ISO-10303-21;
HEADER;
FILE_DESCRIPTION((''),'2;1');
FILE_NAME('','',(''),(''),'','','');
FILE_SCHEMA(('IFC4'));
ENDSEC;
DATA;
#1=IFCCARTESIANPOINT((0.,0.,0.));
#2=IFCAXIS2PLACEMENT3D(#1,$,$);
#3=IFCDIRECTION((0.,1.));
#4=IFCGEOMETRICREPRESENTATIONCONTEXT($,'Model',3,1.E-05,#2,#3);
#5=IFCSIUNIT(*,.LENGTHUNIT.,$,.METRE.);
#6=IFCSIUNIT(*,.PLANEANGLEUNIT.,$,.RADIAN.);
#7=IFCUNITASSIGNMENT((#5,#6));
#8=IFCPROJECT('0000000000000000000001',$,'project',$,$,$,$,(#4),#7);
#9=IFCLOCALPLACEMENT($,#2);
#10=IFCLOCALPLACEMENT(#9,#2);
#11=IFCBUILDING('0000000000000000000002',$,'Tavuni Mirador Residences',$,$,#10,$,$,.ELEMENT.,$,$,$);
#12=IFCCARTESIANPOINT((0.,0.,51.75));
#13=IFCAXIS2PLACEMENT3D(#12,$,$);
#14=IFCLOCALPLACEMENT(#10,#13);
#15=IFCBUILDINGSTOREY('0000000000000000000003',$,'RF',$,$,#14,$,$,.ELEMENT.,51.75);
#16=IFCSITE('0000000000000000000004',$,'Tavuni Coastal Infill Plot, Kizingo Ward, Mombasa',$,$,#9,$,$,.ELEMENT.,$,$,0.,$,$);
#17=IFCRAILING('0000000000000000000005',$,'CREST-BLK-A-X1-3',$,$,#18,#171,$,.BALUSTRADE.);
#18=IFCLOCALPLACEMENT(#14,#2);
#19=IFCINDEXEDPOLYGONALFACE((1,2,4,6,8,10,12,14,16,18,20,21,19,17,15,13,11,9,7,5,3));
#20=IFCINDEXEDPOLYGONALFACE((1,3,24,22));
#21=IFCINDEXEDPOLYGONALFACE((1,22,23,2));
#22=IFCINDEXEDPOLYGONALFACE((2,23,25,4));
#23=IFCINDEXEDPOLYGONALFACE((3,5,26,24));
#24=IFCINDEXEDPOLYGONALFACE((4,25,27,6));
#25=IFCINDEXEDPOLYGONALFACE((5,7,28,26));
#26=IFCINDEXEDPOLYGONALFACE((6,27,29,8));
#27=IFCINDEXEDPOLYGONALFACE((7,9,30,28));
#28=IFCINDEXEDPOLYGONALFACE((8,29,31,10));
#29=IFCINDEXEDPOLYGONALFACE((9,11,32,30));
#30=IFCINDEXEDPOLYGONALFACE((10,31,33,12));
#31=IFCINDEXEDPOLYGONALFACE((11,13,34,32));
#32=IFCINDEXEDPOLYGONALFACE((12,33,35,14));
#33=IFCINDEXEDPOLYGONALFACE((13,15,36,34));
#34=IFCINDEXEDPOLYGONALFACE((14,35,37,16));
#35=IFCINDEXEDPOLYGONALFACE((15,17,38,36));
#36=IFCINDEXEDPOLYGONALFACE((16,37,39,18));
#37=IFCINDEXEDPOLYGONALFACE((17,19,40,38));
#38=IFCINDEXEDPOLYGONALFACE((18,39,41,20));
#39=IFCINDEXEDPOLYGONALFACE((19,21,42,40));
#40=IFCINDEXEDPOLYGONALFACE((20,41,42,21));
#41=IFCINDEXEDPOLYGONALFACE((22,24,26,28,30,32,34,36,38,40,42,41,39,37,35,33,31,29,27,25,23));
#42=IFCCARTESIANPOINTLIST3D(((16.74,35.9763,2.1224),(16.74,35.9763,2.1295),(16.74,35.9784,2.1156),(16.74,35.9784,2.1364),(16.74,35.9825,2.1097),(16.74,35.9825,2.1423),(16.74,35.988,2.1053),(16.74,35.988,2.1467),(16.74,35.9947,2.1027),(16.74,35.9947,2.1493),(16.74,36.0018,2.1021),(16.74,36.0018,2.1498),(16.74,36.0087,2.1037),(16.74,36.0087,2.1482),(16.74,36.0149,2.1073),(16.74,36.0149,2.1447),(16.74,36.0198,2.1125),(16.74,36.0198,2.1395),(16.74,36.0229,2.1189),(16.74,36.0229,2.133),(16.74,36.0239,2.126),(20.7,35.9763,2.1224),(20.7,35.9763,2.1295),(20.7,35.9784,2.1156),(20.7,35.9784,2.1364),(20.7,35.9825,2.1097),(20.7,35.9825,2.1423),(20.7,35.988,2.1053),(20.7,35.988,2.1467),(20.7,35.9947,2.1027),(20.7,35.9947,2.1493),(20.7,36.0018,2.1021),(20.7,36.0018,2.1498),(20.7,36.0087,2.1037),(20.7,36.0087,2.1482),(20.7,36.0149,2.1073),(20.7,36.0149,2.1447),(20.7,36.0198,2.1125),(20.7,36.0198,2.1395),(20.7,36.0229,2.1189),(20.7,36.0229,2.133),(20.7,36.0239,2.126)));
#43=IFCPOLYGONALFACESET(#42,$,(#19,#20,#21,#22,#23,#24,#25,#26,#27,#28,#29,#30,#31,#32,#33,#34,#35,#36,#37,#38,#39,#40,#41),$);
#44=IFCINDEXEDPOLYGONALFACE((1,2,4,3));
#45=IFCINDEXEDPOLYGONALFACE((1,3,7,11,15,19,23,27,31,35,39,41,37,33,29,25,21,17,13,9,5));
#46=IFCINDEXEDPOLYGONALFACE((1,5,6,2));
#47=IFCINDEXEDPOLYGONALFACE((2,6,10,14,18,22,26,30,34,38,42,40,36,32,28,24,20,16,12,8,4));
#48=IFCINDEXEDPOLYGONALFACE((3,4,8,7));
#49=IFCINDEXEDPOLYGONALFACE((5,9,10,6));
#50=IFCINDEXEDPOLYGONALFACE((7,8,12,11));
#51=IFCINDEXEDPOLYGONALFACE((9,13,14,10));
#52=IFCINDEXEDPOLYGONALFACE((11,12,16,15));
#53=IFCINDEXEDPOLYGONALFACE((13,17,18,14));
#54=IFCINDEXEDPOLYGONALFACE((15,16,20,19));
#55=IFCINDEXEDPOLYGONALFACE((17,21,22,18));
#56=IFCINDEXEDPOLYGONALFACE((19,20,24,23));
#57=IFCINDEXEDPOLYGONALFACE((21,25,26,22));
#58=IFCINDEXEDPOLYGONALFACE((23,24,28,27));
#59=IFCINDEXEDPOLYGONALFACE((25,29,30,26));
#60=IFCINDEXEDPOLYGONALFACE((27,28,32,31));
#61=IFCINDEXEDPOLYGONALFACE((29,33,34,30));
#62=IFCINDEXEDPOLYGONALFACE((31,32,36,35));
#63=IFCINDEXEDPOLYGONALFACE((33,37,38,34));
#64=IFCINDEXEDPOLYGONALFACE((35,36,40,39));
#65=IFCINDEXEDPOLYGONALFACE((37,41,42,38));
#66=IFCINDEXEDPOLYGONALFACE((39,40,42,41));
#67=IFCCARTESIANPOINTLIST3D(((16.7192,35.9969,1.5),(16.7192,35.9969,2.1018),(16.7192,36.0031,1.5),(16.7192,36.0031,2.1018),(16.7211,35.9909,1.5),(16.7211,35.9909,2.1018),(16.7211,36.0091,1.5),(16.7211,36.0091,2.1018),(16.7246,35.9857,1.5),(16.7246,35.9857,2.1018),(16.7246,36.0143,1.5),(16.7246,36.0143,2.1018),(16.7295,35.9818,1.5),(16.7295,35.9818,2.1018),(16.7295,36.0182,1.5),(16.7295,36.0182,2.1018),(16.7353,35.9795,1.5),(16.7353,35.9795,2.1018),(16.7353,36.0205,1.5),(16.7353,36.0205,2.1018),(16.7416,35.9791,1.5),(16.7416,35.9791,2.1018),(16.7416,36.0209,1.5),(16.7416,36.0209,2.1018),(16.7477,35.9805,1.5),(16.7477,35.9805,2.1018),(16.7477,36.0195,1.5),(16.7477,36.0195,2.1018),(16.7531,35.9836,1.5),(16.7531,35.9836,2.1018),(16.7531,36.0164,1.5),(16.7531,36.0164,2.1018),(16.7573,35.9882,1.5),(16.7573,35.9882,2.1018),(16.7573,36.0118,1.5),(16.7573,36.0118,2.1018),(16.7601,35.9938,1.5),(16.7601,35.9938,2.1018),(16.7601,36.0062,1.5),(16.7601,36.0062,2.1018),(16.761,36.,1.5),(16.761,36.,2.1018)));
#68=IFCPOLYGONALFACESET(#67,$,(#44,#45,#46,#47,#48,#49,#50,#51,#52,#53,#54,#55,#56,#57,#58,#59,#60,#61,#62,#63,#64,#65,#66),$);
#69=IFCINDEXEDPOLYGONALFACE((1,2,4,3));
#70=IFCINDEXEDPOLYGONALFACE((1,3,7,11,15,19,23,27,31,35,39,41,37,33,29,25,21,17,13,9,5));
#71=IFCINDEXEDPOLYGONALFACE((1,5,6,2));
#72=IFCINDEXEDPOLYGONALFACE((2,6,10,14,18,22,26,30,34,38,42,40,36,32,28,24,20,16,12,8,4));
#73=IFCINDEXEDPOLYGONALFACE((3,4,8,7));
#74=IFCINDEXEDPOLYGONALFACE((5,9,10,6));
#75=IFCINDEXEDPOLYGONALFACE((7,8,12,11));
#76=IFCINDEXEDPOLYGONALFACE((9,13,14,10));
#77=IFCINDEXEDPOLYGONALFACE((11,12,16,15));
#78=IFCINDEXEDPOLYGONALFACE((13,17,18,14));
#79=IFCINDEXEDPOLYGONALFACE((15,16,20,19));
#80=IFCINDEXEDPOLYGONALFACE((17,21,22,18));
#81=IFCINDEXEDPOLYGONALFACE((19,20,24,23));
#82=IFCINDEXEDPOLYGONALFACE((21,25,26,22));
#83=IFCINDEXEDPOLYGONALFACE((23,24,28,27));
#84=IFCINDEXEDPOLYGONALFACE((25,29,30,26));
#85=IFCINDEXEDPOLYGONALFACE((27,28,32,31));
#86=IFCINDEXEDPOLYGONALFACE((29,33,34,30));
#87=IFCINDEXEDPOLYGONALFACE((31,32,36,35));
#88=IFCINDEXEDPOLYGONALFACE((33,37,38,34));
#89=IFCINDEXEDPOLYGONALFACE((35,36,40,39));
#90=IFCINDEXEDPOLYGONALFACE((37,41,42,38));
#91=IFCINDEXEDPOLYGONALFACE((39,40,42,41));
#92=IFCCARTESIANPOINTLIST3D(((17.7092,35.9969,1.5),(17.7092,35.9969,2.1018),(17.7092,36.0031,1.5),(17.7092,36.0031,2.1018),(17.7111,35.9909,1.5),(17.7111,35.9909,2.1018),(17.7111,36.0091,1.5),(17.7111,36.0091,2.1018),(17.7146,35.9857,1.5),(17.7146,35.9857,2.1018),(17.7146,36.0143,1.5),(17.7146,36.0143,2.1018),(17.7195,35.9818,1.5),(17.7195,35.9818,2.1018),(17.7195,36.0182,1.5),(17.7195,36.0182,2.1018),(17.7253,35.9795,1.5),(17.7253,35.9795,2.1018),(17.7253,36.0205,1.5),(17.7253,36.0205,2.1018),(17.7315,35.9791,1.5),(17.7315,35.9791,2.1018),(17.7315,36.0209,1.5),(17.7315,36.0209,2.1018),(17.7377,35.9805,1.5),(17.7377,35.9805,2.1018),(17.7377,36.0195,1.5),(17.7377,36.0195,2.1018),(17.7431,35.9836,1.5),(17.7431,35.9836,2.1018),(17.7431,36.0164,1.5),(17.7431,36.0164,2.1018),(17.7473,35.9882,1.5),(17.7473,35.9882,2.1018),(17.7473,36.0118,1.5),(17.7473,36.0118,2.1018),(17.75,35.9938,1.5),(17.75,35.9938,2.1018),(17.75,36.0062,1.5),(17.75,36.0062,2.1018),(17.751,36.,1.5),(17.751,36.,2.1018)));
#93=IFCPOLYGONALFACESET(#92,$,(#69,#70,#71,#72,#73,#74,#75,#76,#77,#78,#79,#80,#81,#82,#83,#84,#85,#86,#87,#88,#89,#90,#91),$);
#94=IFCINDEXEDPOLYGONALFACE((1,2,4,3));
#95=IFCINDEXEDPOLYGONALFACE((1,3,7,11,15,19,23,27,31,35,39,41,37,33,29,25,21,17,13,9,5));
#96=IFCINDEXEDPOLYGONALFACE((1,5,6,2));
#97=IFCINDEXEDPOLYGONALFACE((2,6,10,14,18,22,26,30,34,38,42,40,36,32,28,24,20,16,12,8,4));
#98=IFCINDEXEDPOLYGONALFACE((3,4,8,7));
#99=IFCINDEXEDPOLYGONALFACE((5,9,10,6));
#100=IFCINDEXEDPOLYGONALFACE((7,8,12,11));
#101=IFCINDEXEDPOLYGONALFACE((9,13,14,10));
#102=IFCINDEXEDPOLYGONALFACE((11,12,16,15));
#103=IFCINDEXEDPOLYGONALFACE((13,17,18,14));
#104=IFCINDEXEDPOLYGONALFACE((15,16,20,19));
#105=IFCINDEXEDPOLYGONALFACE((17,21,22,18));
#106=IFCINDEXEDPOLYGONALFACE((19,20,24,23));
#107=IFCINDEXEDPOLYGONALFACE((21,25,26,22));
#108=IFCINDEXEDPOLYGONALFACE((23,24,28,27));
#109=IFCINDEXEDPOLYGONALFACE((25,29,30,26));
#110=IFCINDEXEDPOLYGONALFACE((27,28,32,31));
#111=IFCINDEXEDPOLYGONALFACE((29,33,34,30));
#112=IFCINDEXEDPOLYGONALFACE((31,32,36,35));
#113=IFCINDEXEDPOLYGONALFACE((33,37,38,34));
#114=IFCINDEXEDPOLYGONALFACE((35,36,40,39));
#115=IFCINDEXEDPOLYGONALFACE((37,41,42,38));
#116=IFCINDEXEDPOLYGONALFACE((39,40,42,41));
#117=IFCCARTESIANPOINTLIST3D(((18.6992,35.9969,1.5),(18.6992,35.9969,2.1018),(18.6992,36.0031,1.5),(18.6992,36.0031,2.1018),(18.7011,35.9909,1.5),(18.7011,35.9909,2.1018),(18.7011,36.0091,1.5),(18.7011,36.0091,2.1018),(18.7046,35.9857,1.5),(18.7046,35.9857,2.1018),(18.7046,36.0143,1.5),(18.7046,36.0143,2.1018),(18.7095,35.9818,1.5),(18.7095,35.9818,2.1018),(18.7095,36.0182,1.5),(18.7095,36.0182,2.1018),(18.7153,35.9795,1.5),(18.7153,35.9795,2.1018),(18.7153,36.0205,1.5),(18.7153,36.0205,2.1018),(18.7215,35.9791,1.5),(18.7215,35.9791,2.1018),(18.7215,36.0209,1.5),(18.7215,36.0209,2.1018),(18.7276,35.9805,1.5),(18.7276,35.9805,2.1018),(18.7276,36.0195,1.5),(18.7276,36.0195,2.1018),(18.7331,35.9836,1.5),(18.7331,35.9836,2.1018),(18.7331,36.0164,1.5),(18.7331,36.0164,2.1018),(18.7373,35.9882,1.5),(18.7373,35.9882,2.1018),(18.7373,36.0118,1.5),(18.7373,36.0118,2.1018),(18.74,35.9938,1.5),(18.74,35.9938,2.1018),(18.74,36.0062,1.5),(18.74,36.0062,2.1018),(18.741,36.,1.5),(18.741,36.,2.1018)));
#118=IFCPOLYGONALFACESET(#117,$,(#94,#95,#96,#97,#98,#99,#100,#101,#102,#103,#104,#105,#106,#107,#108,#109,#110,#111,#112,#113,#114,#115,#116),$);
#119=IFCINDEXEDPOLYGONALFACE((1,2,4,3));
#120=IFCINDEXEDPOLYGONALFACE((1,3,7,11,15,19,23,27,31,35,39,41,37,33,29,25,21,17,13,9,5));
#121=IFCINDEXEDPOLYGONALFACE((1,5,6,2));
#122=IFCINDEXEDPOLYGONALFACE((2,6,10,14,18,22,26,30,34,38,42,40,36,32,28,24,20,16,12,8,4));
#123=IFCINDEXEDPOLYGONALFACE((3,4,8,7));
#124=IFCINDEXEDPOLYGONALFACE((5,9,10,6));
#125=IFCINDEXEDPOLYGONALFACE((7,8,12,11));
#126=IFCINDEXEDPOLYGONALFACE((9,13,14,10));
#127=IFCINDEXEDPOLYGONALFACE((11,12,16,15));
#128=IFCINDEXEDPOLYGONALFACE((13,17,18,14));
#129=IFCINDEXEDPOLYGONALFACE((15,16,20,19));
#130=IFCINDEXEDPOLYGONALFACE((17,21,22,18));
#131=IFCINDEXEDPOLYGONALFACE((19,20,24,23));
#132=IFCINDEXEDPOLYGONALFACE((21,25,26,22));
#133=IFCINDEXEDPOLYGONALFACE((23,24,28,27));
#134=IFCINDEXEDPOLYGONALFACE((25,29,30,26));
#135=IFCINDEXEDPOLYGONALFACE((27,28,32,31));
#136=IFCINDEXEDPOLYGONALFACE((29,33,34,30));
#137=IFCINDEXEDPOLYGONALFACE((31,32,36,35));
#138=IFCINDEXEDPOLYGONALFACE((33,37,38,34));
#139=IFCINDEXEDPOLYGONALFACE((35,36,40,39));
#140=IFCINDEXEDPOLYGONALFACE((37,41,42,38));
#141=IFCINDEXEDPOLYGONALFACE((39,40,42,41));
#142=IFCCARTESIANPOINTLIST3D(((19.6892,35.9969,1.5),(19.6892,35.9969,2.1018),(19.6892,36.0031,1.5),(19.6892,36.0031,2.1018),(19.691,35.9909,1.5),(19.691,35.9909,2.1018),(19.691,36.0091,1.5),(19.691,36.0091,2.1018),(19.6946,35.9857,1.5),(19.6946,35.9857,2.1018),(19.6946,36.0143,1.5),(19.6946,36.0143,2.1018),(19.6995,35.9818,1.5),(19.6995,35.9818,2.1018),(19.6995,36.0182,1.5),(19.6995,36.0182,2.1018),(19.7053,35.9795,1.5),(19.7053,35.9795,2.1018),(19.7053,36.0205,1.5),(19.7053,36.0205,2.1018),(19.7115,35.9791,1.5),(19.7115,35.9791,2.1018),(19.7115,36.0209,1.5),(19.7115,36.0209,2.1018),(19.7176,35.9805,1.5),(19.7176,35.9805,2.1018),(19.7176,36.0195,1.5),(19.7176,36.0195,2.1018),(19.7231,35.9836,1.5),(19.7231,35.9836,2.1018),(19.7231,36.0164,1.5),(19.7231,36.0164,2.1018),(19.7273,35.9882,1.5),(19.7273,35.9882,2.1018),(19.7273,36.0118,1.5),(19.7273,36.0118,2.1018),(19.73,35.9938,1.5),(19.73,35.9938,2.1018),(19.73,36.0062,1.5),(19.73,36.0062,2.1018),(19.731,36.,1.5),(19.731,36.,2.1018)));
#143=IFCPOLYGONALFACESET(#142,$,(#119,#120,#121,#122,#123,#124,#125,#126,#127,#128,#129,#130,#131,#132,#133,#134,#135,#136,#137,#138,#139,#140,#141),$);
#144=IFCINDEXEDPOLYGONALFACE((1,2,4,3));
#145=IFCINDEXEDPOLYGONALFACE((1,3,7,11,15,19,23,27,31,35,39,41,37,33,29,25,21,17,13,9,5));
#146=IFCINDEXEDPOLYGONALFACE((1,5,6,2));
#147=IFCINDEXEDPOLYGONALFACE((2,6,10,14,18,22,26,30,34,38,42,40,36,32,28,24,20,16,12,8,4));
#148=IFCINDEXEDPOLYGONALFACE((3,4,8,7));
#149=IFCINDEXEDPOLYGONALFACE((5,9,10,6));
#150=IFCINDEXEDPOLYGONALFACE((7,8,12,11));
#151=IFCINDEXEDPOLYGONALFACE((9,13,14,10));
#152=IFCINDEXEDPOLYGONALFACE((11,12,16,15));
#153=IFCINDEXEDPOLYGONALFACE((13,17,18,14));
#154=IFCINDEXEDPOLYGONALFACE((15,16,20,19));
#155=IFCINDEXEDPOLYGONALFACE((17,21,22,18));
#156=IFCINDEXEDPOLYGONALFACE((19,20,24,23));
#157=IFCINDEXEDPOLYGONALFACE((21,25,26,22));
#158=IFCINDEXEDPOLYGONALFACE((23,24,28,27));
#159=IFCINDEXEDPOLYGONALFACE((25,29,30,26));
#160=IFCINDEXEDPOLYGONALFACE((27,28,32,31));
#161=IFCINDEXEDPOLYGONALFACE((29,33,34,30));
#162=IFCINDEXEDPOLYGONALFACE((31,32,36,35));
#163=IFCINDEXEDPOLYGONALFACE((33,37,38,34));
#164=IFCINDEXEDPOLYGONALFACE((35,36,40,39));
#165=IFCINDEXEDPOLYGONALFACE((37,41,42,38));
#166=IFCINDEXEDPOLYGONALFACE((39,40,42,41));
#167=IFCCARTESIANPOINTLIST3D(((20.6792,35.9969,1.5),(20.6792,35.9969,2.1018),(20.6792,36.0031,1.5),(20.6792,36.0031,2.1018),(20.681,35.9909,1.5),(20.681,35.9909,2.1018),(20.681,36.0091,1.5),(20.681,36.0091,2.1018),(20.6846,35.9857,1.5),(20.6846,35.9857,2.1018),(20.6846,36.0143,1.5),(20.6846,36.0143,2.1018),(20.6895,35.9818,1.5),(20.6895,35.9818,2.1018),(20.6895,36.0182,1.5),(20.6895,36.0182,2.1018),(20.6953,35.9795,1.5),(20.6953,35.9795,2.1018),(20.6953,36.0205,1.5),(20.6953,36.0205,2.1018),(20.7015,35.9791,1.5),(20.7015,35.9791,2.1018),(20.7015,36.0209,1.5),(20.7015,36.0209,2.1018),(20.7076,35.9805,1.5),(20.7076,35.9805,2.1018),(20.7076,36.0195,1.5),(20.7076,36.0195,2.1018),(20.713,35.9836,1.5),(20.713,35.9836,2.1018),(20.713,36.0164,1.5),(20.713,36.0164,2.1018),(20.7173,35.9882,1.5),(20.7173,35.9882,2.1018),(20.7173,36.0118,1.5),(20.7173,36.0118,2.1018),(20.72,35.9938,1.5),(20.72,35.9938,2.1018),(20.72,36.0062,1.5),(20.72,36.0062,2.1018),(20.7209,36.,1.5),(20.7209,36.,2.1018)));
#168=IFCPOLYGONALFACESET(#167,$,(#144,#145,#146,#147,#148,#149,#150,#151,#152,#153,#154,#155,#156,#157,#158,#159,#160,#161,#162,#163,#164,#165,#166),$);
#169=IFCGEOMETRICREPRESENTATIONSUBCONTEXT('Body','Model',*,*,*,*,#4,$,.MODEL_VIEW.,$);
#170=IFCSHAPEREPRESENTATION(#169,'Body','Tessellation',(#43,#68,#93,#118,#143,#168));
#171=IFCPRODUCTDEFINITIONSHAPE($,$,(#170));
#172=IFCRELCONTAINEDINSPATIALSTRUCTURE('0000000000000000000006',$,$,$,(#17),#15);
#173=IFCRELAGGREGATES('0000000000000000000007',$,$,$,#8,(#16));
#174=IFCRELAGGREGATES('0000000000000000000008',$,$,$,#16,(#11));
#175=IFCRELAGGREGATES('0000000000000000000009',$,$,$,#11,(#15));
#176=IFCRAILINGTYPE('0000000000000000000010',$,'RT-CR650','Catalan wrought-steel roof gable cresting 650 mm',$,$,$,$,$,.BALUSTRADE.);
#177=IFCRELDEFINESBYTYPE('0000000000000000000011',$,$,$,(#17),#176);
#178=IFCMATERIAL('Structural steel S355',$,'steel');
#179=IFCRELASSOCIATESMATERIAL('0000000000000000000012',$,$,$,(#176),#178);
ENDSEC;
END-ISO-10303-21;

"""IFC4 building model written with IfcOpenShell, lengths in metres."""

from ifc_helpers import new_model, si_unit, direction, frame, origin, origin_2d, place, context, subcontext, project, spatial, circle, extrude, material, type_object, element, save


model = new_model("IFC4")

# Units and contexts
model_context = context("Model", 3, precision=1e-05, world=origin(), true_north=direction((0.0, 1.0)))
body_context = subcontext(model_context, "Body", "Model", "MODEL_VIEW")
ifc_project = project(units=[si_unit("LENGTHUNIT", "METRE"), si_unit("PLANEANGLEUNIT", "RADIAN")], contexts=[model_context])

# Site, building, storey
site_placement = place(None, origin())
site = spatial("IfcSite", under=ifc_project, at=site_placement, Name="Tavuni Coastal Infill Plot, Kizingo Ward, Mombasa", CompositionType="ELEMENT", RefElevation=0.0)
building_placement = place(site_placement, origin())
building = spatial("IfcBuilding", under=site, at=building_placement, Name="Tavuni Mirador Residences", CompositionType="ELEMENT")
storey_placement = place(building_placement, frame((0.0, 0.0, 51.75)))
storey = spatial("IfcBuildingStorey", under=building, at=storey_placement, Name="RF", CompositionType="ELEMENT", Elevation=51.75)

# Shared definitions
ifc_material_1 = material(Name="Structural steel S355", Category="steel")

# Railing
railing_type = type_object("IfcRailingType", Name="RT-CR650", Description="Catalan wrought-steel roof gable cresting 650 mm", PredefinedType="BALUSTRADE", material=ifc_material_1)
for number, where, name in (
    (1, (16.74, 36.0, 1.5), "CREST-BLK-A-X1-3"),
):
    element("IfcRailing", number, at=place(storey_placement, frame(where)), inside=storey, type_object=railing_type, Name=name, PredefinedType="BALUSTRADE", context=body_context, shape_type="SweptSolid", body=[
        extrude(circle(Radius=0.0239, at=origin_2d()), frame((0.0, 0.0, 0.626), z_axis=(1.0, 0.0, 0.0), x_axis=(0.0, 1.0, 0.0)), (0.0, 0.0, 1.0), 3.96),
        extrude(circle(Radius=0.021, at=origin_2d()), origin(), (0.0, 0.0, 1.0), 0.6018),
        extrude(circle(Radius=0.021, at=origin_2d()), frame((0.99, 0.0, 0.0)), (0.0, 0.0, 1.0), 0.6018),
        extrude(circle(Radius=0.021, at=origin_2d()), frame((1.98, 0.0, 0.0)), (0.0, 0.0, 1.0), 0.6018),
        extrude(circle(Radius=0.021, at=origin_2d()), frame((2.97, 0.0, 0.0)), (0.0, 0.0, 1.0), 0.6018),
        extrude(circle(Radius=0.021, at=origin_2d()), frame((3.96, 0.0, 0.0)), (0.0, 0.0, 1.0), 0.6018),
    ])

save(model, "model.ifc")
